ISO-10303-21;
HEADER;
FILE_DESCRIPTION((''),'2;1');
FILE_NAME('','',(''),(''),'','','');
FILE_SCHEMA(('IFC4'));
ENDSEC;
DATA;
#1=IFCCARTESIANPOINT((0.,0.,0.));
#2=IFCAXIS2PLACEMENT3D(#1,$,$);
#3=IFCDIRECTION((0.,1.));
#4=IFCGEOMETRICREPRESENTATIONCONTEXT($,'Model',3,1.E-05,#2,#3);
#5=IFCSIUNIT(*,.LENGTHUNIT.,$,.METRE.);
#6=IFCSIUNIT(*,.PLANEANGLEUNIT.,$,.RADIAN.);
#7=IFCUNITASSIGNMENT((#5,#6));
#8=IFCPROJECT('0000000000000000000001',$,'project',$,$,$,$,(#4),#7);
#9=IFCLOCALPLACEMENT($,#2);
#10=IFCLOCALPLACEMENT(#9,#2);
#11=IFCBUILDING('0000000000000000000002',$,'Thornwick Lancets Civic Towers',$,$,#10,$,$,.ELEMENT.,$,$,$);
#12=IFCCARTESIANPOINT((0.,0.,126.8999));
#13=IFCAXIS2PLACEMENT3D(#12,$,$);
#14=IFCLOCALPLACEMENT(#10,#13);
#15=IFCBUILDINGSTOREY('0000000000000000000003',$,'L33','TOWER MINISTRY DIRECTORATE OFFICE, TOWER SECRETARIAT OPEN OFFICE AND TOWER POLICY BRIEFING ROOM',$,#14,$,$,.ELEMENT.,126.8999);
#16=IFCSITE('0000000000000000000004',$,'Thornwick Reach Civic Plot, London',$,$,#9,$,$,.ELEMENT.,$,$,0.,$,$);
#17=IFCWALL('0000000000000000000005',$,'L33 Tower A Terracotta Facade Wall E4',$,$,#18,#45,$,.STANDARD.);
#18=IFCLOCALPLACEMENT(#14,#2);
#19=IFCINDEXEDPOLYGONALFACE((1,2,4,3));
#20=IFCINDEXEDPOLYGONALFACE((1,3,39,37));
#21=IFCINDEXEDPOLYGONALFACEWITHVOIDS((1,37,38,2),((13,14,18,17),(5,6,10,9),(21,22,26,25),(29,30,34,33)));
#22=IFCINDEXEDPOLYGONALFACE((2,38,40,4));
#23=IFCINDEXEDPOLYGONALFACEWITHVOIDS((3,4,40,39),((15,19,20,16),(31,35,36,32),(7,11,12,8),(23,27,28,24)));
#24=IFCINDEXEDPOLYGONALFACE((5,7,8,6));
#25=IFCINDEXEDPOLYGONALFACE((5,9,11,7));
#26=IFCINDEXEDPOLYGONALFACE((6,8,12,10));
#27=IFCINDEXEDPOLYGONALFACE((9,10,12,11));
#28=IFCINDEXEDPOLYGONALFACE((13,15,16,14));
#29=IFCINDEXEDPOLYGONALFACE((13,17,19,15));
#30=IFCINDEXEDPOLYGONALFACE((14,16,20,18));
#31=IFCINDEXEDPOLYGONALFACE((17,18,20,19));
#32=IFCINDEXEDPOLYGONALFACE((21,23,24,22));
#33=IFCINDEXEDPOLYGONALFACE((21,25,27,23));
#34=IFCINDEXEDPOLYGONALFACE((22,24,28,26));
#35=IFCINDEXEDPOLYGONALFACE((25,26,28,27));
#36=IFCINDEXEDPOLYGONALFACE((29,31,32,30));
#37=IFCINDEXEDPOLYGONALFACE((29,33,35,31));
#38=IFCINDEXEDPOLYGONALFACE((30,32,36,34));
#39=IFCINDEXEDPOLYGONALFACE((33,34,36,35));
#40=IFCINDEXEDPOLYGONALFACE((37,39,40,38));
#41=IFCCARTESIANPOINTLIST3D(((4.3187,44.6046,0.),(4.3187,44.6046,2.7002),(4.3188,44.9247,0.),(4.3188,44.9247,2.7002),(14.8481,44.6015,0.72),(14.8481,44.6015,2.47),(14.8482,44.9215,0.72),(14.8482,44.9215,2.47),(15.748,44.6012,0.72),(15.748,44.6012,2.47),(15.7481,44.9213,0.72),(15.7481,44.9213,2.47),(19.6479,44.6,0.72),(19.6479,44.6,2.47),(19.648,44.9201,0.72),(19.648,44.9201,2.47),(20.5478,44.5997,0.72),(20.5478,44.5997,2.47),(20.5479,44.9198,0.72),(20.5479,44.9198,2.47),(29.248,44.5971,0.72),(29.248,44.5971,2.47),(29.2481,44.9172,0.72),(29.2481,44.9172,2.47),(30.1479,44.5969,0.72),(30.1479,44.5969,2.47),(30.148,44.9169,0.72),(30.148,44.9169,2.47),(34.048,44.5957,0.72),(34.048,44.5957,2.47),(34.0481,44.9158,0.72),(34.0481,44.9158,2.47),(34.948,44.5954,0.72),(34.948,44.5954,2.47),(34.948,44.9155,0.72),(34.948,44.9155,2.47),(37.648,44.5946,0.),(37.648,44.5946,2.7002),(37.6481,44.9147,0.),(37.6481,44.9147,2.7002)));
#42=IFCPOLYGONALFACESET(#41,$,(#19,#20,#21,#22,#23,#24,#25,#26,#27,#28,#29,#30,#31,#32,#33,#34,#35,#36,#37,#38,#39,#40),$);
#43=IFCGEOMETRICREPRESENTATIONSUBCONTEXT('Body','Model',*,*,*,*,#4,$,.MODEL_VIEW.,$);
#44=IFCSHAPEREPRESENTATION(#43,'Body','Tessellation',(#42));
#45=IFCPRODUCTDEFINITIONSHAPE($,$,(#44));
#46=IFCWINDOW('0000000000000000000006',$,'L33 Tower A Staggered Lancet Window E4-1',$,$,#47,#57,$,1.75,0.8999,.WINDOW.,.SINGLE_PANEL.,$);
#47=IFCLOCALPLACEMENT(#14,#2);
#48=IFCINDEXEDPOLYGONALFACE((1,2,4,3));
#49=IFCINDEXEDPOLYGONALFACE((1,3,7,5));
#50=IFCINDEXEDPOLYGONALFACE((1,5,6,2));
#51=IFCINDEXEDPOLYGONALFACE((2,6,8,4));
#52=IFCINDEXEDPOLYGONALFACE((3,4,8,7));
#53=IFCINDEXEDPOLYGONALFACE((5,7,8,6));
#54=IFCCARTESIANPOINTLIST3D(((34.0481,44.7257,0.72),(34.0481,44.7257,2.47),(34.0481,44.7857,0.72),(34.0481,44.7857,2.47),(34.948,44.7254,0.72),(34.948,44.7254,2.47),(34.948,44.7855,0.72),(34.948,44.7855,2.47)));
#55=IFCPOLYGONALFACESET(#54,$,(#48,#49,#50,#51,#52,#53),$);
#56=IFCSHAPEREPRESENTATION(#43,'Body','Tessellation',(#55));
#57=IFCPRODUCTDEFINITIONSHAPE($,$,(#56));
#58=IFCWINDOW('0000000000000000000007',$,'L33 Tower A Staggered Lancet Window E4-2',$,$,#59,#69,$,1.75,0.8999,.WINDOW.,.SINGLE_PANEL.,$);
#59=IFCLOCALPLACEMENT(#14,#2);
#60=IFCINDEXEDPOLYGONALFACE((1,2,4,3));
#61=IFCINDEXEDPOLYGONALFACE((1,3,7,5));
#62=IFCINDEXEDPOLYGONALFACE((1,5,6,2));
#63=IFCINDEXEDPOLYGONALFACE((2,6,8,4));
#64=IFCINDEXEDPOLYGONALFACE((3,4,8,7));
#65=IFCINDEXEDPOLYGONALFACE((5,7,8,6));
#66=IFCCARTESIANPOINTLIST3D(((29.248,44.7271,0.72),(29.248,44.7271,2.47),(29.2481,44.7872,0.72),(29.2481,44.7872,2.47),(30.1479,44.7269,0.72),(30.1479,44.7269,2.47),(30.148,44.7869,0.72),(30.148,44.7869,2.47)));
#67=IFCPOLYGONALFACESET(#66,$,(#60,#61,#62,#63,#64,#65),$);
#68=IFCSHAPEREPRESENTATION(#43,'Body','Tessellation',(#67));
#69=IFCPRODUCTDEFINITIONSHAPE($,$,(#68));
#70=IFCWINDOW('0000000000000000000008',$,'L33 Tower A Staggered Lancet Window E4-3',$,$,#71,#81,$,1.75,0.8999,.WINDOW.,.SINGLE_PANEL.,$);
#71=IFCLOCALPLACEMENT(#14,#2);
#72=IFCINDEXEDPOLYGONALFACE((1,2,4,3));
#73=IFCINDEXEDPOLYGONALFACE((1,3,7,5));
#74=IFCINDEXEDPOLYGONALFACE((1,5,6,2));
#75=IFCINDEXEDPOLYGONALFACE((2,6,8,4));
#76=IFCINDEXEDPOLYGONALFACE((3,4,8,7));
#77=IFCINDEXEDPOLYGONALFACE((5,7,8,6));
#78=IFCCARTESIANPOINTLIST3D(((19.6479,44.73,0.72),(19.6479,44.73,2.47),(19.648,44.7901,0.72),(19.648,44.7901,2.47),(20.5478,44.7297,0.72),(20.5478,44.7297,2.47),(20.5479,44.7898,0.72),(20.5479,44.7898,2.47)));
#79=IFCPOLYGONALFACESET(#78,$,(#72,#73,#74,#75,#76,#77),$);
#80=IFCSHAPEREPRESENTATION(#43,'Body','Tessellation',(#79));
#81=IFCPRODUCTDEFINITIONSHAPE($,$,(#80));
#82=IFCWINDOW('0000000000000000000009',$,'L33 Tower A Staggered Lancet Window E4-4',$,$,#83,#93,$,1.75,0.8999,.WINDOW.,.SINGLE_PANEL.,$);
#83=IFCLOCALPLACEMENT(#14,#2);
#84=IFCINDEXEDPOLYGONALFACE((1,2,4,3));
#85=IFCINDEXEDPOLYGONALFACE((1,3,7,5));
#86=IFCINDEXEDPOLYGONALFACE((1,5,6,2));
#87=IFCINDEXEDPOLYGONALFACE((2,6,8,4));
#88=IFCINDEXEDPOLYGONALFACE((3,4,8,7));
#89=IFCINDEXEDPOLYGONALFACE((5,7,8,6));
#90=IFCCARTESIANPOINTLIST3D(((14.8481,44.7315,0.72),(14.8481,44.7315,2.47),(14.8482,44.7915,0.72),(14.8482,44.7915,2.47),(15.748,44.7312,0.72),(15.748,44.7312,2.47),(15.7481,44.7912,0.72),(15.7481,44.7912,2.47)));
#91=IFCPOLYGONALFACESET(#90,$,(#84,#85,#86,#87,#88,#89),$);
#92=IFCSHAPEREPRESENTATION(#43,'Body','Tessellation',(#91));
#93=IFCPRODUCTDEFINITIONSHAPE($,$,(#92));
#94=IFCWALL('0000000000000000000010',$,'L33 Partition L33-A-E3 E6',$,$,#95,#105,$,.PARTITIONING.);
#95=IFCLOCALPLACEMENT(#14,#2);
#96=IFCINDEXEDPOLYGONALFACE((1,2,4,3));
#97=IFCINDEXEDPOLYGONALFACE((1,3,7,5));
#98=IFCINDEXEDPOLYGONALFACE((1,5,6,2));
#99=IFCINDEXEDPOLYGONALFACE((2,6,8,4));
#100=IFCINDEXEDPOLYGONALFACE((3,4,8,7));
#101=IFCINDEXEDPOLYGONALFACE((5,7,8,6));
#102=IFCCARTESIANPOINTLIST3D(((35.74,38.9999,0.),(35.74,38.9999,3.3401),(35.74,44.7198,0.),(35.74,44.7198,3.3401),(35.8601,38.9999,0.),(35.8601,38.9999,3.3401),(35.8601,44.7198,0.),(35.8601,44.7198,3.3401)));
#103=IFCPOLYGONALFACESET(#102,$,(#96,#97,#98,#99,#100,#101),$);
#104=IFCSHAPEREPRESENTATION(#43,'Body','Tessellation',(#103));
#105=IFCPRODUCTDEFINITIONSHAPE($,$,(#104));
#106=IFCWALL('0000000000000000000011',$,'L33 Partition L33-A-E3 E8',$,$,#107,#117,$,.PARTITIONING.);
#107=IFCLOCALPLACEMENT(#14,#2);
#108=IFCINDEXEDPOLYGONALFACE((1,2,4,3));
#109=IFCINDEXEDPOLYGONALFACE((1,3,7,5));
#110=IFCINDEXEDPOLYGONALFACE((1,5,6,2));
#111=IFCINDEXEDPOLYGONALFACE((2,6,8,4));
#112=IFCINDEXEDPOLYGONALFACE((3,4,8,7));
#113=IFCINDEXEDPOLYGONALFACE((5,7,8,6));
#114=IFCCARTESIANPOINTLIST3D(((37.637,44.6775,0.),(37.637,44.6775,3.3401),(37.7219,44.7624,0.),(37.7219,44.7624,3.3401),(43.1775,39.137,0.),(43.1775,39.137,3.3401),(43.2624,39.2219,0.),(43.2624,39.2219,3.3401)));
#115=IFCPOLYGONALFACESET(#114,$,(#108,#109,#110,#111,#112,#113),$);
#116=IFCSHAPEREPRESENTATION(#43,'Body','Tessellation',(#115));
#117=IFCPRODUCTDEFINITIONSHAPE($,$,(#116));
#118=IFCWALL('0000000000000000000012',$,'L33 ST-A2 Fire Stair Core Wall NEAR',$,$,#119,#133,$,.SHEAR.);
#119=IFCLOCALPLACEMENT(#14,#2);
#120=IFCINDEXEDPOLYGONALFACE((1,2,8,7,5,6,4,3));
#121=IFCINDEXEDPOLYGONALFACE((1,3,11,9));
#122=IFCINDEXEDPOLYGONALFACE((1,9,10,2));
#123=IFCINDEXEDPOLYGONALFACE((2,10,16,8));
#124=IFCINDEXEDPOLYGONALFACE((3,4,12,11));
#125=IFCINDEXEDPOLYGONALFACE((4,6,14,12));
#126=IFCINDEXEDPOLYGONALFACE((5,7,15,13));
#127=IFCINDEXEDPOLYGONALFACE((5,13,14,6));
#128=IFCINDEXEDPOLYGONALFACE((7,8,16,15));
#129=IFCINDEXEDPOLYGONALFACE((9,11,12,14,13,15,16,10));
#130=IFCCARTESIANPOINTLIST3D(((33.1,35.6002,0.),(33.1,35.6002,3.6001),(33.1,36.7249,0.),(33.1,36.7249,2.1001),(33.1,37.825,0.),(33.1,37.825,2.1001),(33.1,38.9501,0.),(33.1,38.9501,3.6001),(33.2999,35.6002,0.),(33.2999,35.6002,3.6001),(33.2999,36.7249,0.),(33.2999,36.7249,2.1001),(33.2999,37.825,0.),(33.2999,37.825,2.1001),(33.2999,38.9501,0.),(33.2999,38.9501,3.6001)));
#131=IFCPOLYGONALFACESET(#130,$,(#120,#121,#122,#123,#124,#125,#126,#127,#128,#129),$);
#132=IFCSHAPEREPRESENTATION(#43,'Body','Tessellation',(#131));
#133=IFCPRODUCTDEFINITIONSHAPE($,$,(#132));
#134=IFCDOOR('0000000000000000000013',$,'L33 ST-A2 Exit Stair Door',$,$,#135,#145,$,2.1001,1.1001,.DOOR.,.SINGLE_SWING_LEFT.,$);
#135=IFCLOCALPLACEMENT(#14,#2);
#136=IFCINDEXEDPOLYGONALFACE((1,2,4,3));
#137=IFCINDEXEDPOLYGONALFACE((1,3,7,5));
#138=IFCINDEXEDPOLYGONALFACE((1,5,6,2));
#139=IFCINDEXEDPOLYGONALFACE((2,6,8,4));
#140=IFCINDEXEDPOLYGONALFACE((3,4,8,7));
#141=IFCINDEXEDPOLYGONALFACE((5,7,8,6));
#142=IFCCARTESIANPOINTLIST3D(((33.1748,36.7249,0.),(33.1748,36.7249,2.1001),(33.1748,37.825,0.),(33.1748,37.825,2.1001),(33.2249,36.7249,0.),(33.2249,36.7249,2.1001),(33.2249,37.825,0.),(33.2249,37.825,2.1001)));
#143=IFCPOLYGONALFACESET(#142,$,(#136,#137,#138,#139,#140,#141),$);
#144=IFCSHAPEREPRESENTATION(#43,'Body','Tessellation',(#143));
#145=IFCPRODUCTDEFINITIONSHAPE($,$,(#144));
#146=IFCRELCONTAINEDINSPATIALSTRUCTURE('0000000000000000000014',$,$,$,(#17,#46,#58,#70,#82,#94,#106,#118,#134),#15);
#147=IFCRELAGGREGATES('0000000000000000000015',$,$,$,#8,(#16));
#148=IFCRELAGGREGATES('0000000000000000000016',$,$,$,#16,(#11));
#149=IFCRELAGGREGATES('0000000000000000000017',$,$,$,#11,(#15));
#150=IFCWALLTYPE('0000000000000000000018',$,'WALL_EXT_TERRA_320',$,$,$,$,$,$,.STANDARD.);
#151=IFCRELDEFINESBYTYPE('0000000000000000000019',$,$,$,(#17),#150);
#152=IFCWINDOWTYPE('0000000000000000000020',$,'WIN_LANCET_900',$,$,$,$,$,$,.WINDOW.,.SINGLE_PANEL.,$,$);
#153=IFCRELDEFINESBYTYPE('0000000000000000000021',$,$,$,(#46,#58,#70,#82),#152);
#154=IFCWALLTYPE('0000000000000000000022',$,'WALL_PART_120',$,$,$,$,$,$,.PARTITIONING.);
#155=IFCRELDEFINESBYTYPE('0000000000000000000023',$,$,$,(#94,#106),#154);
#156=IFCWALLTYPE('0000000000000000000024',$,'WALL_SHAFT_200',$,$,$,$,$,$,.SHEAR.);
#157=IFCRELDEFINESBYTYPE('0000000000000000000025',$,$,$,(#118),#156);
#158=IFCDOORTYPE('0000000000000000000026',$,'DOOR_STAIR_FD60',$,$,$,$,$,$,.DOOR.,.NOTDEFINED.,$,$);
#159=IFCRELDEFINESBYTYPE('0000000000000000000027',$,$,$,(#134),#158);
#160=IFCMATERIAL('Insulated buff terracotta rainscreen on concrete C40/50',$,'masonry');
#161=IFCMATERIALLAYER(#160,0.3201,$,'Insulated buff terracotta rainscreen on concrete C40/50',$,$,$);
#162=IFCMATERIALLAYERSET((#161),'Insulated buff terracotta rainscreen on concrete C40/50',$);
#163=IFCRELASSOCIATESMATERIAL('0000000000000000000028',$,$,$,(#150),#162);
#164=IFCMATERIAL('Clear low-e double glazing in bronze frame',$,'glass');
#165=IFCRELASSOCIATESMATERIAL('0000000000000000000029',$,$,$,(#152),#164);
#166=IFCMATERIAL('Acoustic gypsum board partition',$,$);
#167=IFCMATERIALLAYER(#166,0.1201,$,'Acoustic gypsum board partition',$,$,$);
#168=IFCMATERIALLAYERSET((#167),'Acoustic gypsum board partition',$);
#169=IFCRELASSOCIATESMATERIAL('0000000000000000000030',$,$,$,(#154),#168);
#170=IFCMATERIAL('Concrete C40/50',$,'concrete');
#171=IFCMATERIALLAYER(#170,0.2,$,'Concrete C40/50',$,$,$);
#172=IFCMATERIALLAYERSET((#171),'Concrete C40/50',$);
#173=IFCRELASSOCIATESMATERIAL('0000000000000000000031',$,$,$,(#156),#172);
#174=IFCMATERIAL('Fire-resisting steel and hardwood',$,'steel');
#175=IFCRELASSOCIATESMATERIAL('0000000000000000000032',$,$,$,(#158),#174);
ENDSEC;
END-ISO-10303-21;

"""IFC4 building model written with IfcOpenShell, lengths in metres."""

from ifc_helpers import new_model, si_unit, direction, frame, frame_2d, origin, place, context, subcontext, project, spatial, rectangle, extrude, material, layer, layer_set, type_object, element, fill, save


model = new_model("IFC4")

# Units and contexts
model_context = context("Model", 3, precision=1e-05, world=origin(), true_north=direction((0.0, 1.0)))
body_context = subcontext(model_context, "Body", "Model", "MODEL_VIEW")
ifc_project = project(units=[si_unit("LENGTHUNIT", "METRE"), si_unit("PLANEANGLEUNIT", "RADIAN")], contexts=[model_context])

# Site, building, storey
site_placement = place(None, origin())
site = spatial("IfcSite", under=ifc_project, at=site_placement, Name="Thornwick Reach Civic Plot, London", CompositionType="ELEMENT", RefElevation=0.0)
building_placement = place(site_placement, origin())
building = spatial("IfcBuilding", under=site, at=building_placement, Name="Thornwick Lancets Civic Towers", CompositionType="ELEMENT")
storey_placement = place(building_placement, frame((0.0, 0.0, 126.8999)))
storey = spatial("IfcBuildingStorey", under=building, at=storey_placement, Name="L33", Description="TOWER MINISTRY DIRECTORATE OFFICE, TOWER SECRETARIAT OPEN OFFICE AND TOWER POLICY BRIEFING ROOM", CompositionType="ELEMENT", Elevation=126.8999)

# Wall, openings, windows
ifc_material_1 = material(Name="Insulated buff terracotta rainscreen on concrete C40/50", Category="masonry")
ifc_layer_1 = layer(ifc_material_1, 0.3201, Name="Insulated buff terracotta rainscreen on concrete C40/50")
ifc_layer_set_1 = layer_set([ifc_layer_1], Name="Insulated buff terracotta rainscreen on concrete C40/50")
wall_type_1 = type_object("IfcWallType", Name="WALL_EXT_TERRA_320", PredefinedType="STANDARD", material=ifc_layer_set_1)
wall_1_placement = place(storey_placement, frame((37.6479, 44.7546, 0.0), z_axis=(0.0, 0.0, 1.0), x_axis=(-1.0, 0.0003, 0.0)))
wall_1 = element("IfcWall", 1, at=wall_1_placement, inside=storey, type_object=wall_type_1, Name="L33 Tower A Terracotta Facade Wall E4", PredefinedType="STANDARD", context=body_context, shape_type="SweptSolid", body=[
    extrude(rectangle(XDim=33.3293, YDim=0.3201, at=frame_2d((16.6646, 0.0))), origin(), (0.0, 0.0, 1.0), 2.7002),
])
opening_1_placement = place(wall_1_placement, frame((2.7, 0.0, 0.72)))
opening_1 = element("IfcOpeningElement", 2, at=opening_1_placement, cuts=wall_1, PredefinedType="OPENING", context=body_context, shape_type="SweptSolid", body=[
    extrude(rectangle(XDim=0.8999, YDim=1.75, at=frame_2d((0.45, 0.875))), frame((0.0, 0.1699, 0.0), z_axis=(0.0, -1.0, 0.0), x_axis=(1.0, 0.0, 0.0)), (0.0, 0.0, 1.0), 0.3401),
])
opening_2_placement = place(wall_1_placement, frame((7.5, 0.0, 0.72)))
opening_2 = element("IfcOpeningElement", 3, at=opening_2_placement, cuts=wall_1, PredefinedType="OPENING", context=body_context, shape_type="SweptSolid", body=[
    extrude(rectangle(XDim=0.8999, YDim=1.75, at=frame_2d((0.45, 0.875))), frame((0.0, 0.1699, 0.0), z_axis=(0.0, -1.0, 0.0), x_axis=(1.0, 0.0, 0.0)), (0.0, 0.0, 1.0), 0.3401),
])
opening_3_placement = place(wall_1_placement, frame((17.1001, 0.0, 0.72)))
opening_3 = element("IfcOpeningElement", 4, at=opening_3_placement, cuts=wall_1, PredefinedType="OPENING", context=body_context, shape_type="SweptSolid", body=[
    extrude(rectangle(XDim=0.8999, YDim=1.75, at=frame_2d((0.45, 0.875))), frame((0.0, 0.1699, 0.0), z_axis=(0.0, -1.0, 0.0), x_axis=(1.0, 0.0, 0.0)), (0.0, 0.0, 1.0), 0.3401),
])
opening_4_placement = place(wall_1_placement, frame((21.8999, 0.0, 0.72)))
opening_4 = element("IfcOpeningElement", 5, at=opening_4_placement, cuts=wall_1, PredefinedType="OPENING", context=body_context, shape_type="SweptSolid", body=[
    extrude(rectangle(XDim=0.8999, YDim=1.75, at=frame_2d((0.45, 0.875))), frame((0.0, 0.1699, 0.0), z_axis=(0.0, -1.0, 0.0), x_axis=(1.0, 0.0, 0.0)), (0.0, 0.0, 1.0), 0.3401),
])
ifc_material_2 = material(Name="Clear low-e double glazing in bronze frame", Category="glass")
window_type = type_object("IfcWindowType", Name="WIN_LANCET_900", PartitioningType="SINGLE_PANEL", PredefinedType="WINDOW", material=ifc_material_2)
window_1_placement = place(opening_1_placement, origin())
window_1 = element("IfcWindow", 6, at=window_1_placement, inside=storey, type_object=window_type, Name="L33 Tower A Staggered Lancet Window E4-1", OverallHeight=1.75, OverallWidth=0.8999, PartitioningType="SINGLE_PANEL", PredefinedType="WINDOW", context=body_context, shape_type="SweptSolid", body=[
    extrude(rectangle(XDim=0.8999, YDim=1.75, at=frame_2d((0.45, 0.875))), frame((0.0, 0.03, 0.0), z_axis=(0.0, -1.0, 0.0), x_axis=(1.0, 0.0, 0.0)), (0.0, 0.0, 1.0), 0.0601),
])
fill(opening_1, window_1)
window_2_placement = place(opening_2_placement, origin())
window_2 = element("IfcWindow", 7, at=window_2_placement, inside=storey, type_object=window_type, Name="L33 Tower A Staggered Lancet Window E4-2", OverallHeight=1.75, OverallWidth=0.8999, PartitioningType="SINGLE_PANEL", PredefinedType="WINDOW", context=body_context, shape_type="SweptSolid", body=[
    extrude(rectangle(XDim=0.8999, YDim=1.75, at=frame_2d((0.45, 0.875))), frame((0.0, 0.03, 0.0), z_axis=(0.0, -1.0, 0.0), x_axis=(1.0, 0.0, 0.0)), (0.0, 0.0, 1.0), 0.0601),
])
fill(opening_2, window_2)
window_3_placement = place(opening_3_placement, origin())
window_3 = element("IfcWindow", 8, at=window_3_placement, inside=storey, type_object=window_type, Name="L33 Tower A Staggered Lancet Window E4-3", OverallHeight=1.75, OverallWidth=0.8999, PartitioningType="SINGLE_PANEL", PredefinedType="WINDOW", context=body_context, shape_type="SweptSolid", body=[
    extrude(rectangle(XDim=0.8999, YDim=1.75, at=frame_2d((0.45, 0.875))), frame((0.0, 0.03, 0.0), z_axis=(0.0, -1.0, 0.0), x_axis=(1.0, 0.0, 0.0)), (0.0, 0.0, 1.0), 0.0601),
])
fill(opening_3, window_3)
window_4_placement = place(opening_4_placement, origin())
window_4 = element("IfcWindow", 9, at=window_4_placement, inside=storey, type_object=window_type, Name="L33 Tower A Staggered Lancet Window E4-4", OverallHeight=1.75, OverallWidth=0.8999, PartitioningType="SINGLE_PANEL", PredefinedType="WINDOW", context=body_context, shape_type="SweptSolid", body=[
    extrude(rectangle(XDim=0.8999, YDim=1.75, at=frame_2d((0.45, 0.875))), frame((0.0, 0.03, 0.0), z_axis=(0.0, -1.0, 0.0), x_axis=(1.0, 0.0, 0.0)), (0.0, 0.0, 1.0), 0.0601),
])
fill(opening_4, window_4)

# Walls
ifc_material_3 = material(Name="Acoustic gypsum board partition")
ifc_layer_2 = layer(ifc_material_3, 0.1201, Name="Acoustic gypsum board partition")
ifc_layer_set_2 = layer_set([ifc_layer_2], Name="Acoustic gypsum board partition")
wall_type_2 = type_object("IfcWallType", Name="WALL_PART_120", PredefinedType="PARTITIONING", material=ifc_layer_set_2)
wall_2_placement = place(storey_placement, frame((35.8, 39.0, 0.0), z_axis=(0.0, 0.0, 1.0), x_axis=(0.0, 1.0, 0.0)))
element("IfcWall", 10, at=wall_2_placement, inside=storey, type_object=wall_type_2, Name="L33 Partition L33-A-E3 E6", PredefinedType="PARTITIONING", context=body_context, shape_type="SweptSolid", body=[
    extrude(rectangle(XDim=5.72, YDim=0.1201, at=frame_2d((2.8599, 0.0))), origin(), (0.0, 0.0, 1.0), 3.3401),
])
wall_3_placement = place(storey_placement, frame((37.6794, 44.72, 0.0), z_axis=(0.0, 0.0, 1.0), x_axis=(0.707107, -0.707107, 0.0)))
element("IfcWall", 11, at=wall_3_placement, inside=storey, type_object=wall_type_2, Name="L33 Partition L33-A-E3 E8", PredefinedType="PARTITIONING", context=body_context, shape_type="SweptSolid", body=[
    extrude(rectangle(XDim=7.8354, YDim=0.1201, at=frame_2d((3.9177, 0.0))), origin(), (0.0, 0.0, 1.0), 3.3401),
])

# Wall, opening, door
ifc_material_4 = material(Name="Concrete C40/50", Category="concrete")
ifc_layer_3 = layer(ifc_material_4, 0.2, Name="Concrete C40/50")
ifc_layer_set_3 = layer_set([ifc_layer_3], Name="Concrete C40/50")
wall_type_3 = type_object("IfcWallType", Name="WALL_SHAFT_200", PredefinedType="SHEAR", material=ifc_layer_set_3)
wall_4_placement = place(storey_placement, frame((33.2, 38.95, 0.0), z_axis=(0.0, 0.0, 1.0), x_axis=(0.0, -1.0, 0.0)))
wall_4 = element("IfcWall", 12, at=wall_4_placement, inside=storey, type_object=wall_type_3, Name="L33 ST-A2 Fire Stair Core Wall NEAR", PredefinedType="SHEAR", context=body_context, shape_type="SweptSolid", body=[
    extrude(rectangle(XDim=3.3499, YDim=0.2, at=frame_2d((1.6748, 0.0))), origin(), (0.0, 0.0, 1.0), 3.6001),
])
opening_5_placement = place(wall_4_placement, frame((1.125, 0.0, 0.0)))
opening_5 = element("IfcOpeningElement", 13, at=opening_5_placement, cuts=wall_4, PredefinedType="OPENING", context=body_context, shape_type="SweptSolid", body=[
    extrude(rectangle(XDim=1.1001, YDim=2.1001, at=frame_2d((0.55, 1.05))), frame((0.0, 0.1099, 0.0), z_axis=(0.0, -1.0, 0.0), x_axis=(1.0, 0.0, 0.0)), (0.0, 0.0, 1.0), 0.22),
])
ifc_material_5 = material(Name="Fire-resisting steel and hardwood", Category="steel")
door_type = type_object("IfcDoorType", Name="DOOR_STAIR_FD60", OperationType="NOTDEFINED", PredefinedType="DOOR", material=ifc_material_5)
door_placement = place(opening_5_placement, origin())
door = element("IfcDoor", 14, at=door_placement, inside=storey, type_object=door_type, Name="L33 ST-A2 Exit Stair Door", OperationType="SINGLE_SWING_LEFT", OverallHeight=2.1001, OverallWidth=1.1001, PredefinedType="DOOR", context=body_context, shape_type="SweptSolid", body=[
    extrude(rectangle(XDim=1.1001, YDim=2.1001, at=frame_2d((0.55, 1.05))), frame((0.0, 0.0249, 0.0), z_axis=(0.0, -1.0, 0.0), x_axis=(1.0, 0.0, 0.0)), (0.0, 0.0, 1.0), 0.05),
])
fill(opening_5, door)

save(model, "model.ifc")
